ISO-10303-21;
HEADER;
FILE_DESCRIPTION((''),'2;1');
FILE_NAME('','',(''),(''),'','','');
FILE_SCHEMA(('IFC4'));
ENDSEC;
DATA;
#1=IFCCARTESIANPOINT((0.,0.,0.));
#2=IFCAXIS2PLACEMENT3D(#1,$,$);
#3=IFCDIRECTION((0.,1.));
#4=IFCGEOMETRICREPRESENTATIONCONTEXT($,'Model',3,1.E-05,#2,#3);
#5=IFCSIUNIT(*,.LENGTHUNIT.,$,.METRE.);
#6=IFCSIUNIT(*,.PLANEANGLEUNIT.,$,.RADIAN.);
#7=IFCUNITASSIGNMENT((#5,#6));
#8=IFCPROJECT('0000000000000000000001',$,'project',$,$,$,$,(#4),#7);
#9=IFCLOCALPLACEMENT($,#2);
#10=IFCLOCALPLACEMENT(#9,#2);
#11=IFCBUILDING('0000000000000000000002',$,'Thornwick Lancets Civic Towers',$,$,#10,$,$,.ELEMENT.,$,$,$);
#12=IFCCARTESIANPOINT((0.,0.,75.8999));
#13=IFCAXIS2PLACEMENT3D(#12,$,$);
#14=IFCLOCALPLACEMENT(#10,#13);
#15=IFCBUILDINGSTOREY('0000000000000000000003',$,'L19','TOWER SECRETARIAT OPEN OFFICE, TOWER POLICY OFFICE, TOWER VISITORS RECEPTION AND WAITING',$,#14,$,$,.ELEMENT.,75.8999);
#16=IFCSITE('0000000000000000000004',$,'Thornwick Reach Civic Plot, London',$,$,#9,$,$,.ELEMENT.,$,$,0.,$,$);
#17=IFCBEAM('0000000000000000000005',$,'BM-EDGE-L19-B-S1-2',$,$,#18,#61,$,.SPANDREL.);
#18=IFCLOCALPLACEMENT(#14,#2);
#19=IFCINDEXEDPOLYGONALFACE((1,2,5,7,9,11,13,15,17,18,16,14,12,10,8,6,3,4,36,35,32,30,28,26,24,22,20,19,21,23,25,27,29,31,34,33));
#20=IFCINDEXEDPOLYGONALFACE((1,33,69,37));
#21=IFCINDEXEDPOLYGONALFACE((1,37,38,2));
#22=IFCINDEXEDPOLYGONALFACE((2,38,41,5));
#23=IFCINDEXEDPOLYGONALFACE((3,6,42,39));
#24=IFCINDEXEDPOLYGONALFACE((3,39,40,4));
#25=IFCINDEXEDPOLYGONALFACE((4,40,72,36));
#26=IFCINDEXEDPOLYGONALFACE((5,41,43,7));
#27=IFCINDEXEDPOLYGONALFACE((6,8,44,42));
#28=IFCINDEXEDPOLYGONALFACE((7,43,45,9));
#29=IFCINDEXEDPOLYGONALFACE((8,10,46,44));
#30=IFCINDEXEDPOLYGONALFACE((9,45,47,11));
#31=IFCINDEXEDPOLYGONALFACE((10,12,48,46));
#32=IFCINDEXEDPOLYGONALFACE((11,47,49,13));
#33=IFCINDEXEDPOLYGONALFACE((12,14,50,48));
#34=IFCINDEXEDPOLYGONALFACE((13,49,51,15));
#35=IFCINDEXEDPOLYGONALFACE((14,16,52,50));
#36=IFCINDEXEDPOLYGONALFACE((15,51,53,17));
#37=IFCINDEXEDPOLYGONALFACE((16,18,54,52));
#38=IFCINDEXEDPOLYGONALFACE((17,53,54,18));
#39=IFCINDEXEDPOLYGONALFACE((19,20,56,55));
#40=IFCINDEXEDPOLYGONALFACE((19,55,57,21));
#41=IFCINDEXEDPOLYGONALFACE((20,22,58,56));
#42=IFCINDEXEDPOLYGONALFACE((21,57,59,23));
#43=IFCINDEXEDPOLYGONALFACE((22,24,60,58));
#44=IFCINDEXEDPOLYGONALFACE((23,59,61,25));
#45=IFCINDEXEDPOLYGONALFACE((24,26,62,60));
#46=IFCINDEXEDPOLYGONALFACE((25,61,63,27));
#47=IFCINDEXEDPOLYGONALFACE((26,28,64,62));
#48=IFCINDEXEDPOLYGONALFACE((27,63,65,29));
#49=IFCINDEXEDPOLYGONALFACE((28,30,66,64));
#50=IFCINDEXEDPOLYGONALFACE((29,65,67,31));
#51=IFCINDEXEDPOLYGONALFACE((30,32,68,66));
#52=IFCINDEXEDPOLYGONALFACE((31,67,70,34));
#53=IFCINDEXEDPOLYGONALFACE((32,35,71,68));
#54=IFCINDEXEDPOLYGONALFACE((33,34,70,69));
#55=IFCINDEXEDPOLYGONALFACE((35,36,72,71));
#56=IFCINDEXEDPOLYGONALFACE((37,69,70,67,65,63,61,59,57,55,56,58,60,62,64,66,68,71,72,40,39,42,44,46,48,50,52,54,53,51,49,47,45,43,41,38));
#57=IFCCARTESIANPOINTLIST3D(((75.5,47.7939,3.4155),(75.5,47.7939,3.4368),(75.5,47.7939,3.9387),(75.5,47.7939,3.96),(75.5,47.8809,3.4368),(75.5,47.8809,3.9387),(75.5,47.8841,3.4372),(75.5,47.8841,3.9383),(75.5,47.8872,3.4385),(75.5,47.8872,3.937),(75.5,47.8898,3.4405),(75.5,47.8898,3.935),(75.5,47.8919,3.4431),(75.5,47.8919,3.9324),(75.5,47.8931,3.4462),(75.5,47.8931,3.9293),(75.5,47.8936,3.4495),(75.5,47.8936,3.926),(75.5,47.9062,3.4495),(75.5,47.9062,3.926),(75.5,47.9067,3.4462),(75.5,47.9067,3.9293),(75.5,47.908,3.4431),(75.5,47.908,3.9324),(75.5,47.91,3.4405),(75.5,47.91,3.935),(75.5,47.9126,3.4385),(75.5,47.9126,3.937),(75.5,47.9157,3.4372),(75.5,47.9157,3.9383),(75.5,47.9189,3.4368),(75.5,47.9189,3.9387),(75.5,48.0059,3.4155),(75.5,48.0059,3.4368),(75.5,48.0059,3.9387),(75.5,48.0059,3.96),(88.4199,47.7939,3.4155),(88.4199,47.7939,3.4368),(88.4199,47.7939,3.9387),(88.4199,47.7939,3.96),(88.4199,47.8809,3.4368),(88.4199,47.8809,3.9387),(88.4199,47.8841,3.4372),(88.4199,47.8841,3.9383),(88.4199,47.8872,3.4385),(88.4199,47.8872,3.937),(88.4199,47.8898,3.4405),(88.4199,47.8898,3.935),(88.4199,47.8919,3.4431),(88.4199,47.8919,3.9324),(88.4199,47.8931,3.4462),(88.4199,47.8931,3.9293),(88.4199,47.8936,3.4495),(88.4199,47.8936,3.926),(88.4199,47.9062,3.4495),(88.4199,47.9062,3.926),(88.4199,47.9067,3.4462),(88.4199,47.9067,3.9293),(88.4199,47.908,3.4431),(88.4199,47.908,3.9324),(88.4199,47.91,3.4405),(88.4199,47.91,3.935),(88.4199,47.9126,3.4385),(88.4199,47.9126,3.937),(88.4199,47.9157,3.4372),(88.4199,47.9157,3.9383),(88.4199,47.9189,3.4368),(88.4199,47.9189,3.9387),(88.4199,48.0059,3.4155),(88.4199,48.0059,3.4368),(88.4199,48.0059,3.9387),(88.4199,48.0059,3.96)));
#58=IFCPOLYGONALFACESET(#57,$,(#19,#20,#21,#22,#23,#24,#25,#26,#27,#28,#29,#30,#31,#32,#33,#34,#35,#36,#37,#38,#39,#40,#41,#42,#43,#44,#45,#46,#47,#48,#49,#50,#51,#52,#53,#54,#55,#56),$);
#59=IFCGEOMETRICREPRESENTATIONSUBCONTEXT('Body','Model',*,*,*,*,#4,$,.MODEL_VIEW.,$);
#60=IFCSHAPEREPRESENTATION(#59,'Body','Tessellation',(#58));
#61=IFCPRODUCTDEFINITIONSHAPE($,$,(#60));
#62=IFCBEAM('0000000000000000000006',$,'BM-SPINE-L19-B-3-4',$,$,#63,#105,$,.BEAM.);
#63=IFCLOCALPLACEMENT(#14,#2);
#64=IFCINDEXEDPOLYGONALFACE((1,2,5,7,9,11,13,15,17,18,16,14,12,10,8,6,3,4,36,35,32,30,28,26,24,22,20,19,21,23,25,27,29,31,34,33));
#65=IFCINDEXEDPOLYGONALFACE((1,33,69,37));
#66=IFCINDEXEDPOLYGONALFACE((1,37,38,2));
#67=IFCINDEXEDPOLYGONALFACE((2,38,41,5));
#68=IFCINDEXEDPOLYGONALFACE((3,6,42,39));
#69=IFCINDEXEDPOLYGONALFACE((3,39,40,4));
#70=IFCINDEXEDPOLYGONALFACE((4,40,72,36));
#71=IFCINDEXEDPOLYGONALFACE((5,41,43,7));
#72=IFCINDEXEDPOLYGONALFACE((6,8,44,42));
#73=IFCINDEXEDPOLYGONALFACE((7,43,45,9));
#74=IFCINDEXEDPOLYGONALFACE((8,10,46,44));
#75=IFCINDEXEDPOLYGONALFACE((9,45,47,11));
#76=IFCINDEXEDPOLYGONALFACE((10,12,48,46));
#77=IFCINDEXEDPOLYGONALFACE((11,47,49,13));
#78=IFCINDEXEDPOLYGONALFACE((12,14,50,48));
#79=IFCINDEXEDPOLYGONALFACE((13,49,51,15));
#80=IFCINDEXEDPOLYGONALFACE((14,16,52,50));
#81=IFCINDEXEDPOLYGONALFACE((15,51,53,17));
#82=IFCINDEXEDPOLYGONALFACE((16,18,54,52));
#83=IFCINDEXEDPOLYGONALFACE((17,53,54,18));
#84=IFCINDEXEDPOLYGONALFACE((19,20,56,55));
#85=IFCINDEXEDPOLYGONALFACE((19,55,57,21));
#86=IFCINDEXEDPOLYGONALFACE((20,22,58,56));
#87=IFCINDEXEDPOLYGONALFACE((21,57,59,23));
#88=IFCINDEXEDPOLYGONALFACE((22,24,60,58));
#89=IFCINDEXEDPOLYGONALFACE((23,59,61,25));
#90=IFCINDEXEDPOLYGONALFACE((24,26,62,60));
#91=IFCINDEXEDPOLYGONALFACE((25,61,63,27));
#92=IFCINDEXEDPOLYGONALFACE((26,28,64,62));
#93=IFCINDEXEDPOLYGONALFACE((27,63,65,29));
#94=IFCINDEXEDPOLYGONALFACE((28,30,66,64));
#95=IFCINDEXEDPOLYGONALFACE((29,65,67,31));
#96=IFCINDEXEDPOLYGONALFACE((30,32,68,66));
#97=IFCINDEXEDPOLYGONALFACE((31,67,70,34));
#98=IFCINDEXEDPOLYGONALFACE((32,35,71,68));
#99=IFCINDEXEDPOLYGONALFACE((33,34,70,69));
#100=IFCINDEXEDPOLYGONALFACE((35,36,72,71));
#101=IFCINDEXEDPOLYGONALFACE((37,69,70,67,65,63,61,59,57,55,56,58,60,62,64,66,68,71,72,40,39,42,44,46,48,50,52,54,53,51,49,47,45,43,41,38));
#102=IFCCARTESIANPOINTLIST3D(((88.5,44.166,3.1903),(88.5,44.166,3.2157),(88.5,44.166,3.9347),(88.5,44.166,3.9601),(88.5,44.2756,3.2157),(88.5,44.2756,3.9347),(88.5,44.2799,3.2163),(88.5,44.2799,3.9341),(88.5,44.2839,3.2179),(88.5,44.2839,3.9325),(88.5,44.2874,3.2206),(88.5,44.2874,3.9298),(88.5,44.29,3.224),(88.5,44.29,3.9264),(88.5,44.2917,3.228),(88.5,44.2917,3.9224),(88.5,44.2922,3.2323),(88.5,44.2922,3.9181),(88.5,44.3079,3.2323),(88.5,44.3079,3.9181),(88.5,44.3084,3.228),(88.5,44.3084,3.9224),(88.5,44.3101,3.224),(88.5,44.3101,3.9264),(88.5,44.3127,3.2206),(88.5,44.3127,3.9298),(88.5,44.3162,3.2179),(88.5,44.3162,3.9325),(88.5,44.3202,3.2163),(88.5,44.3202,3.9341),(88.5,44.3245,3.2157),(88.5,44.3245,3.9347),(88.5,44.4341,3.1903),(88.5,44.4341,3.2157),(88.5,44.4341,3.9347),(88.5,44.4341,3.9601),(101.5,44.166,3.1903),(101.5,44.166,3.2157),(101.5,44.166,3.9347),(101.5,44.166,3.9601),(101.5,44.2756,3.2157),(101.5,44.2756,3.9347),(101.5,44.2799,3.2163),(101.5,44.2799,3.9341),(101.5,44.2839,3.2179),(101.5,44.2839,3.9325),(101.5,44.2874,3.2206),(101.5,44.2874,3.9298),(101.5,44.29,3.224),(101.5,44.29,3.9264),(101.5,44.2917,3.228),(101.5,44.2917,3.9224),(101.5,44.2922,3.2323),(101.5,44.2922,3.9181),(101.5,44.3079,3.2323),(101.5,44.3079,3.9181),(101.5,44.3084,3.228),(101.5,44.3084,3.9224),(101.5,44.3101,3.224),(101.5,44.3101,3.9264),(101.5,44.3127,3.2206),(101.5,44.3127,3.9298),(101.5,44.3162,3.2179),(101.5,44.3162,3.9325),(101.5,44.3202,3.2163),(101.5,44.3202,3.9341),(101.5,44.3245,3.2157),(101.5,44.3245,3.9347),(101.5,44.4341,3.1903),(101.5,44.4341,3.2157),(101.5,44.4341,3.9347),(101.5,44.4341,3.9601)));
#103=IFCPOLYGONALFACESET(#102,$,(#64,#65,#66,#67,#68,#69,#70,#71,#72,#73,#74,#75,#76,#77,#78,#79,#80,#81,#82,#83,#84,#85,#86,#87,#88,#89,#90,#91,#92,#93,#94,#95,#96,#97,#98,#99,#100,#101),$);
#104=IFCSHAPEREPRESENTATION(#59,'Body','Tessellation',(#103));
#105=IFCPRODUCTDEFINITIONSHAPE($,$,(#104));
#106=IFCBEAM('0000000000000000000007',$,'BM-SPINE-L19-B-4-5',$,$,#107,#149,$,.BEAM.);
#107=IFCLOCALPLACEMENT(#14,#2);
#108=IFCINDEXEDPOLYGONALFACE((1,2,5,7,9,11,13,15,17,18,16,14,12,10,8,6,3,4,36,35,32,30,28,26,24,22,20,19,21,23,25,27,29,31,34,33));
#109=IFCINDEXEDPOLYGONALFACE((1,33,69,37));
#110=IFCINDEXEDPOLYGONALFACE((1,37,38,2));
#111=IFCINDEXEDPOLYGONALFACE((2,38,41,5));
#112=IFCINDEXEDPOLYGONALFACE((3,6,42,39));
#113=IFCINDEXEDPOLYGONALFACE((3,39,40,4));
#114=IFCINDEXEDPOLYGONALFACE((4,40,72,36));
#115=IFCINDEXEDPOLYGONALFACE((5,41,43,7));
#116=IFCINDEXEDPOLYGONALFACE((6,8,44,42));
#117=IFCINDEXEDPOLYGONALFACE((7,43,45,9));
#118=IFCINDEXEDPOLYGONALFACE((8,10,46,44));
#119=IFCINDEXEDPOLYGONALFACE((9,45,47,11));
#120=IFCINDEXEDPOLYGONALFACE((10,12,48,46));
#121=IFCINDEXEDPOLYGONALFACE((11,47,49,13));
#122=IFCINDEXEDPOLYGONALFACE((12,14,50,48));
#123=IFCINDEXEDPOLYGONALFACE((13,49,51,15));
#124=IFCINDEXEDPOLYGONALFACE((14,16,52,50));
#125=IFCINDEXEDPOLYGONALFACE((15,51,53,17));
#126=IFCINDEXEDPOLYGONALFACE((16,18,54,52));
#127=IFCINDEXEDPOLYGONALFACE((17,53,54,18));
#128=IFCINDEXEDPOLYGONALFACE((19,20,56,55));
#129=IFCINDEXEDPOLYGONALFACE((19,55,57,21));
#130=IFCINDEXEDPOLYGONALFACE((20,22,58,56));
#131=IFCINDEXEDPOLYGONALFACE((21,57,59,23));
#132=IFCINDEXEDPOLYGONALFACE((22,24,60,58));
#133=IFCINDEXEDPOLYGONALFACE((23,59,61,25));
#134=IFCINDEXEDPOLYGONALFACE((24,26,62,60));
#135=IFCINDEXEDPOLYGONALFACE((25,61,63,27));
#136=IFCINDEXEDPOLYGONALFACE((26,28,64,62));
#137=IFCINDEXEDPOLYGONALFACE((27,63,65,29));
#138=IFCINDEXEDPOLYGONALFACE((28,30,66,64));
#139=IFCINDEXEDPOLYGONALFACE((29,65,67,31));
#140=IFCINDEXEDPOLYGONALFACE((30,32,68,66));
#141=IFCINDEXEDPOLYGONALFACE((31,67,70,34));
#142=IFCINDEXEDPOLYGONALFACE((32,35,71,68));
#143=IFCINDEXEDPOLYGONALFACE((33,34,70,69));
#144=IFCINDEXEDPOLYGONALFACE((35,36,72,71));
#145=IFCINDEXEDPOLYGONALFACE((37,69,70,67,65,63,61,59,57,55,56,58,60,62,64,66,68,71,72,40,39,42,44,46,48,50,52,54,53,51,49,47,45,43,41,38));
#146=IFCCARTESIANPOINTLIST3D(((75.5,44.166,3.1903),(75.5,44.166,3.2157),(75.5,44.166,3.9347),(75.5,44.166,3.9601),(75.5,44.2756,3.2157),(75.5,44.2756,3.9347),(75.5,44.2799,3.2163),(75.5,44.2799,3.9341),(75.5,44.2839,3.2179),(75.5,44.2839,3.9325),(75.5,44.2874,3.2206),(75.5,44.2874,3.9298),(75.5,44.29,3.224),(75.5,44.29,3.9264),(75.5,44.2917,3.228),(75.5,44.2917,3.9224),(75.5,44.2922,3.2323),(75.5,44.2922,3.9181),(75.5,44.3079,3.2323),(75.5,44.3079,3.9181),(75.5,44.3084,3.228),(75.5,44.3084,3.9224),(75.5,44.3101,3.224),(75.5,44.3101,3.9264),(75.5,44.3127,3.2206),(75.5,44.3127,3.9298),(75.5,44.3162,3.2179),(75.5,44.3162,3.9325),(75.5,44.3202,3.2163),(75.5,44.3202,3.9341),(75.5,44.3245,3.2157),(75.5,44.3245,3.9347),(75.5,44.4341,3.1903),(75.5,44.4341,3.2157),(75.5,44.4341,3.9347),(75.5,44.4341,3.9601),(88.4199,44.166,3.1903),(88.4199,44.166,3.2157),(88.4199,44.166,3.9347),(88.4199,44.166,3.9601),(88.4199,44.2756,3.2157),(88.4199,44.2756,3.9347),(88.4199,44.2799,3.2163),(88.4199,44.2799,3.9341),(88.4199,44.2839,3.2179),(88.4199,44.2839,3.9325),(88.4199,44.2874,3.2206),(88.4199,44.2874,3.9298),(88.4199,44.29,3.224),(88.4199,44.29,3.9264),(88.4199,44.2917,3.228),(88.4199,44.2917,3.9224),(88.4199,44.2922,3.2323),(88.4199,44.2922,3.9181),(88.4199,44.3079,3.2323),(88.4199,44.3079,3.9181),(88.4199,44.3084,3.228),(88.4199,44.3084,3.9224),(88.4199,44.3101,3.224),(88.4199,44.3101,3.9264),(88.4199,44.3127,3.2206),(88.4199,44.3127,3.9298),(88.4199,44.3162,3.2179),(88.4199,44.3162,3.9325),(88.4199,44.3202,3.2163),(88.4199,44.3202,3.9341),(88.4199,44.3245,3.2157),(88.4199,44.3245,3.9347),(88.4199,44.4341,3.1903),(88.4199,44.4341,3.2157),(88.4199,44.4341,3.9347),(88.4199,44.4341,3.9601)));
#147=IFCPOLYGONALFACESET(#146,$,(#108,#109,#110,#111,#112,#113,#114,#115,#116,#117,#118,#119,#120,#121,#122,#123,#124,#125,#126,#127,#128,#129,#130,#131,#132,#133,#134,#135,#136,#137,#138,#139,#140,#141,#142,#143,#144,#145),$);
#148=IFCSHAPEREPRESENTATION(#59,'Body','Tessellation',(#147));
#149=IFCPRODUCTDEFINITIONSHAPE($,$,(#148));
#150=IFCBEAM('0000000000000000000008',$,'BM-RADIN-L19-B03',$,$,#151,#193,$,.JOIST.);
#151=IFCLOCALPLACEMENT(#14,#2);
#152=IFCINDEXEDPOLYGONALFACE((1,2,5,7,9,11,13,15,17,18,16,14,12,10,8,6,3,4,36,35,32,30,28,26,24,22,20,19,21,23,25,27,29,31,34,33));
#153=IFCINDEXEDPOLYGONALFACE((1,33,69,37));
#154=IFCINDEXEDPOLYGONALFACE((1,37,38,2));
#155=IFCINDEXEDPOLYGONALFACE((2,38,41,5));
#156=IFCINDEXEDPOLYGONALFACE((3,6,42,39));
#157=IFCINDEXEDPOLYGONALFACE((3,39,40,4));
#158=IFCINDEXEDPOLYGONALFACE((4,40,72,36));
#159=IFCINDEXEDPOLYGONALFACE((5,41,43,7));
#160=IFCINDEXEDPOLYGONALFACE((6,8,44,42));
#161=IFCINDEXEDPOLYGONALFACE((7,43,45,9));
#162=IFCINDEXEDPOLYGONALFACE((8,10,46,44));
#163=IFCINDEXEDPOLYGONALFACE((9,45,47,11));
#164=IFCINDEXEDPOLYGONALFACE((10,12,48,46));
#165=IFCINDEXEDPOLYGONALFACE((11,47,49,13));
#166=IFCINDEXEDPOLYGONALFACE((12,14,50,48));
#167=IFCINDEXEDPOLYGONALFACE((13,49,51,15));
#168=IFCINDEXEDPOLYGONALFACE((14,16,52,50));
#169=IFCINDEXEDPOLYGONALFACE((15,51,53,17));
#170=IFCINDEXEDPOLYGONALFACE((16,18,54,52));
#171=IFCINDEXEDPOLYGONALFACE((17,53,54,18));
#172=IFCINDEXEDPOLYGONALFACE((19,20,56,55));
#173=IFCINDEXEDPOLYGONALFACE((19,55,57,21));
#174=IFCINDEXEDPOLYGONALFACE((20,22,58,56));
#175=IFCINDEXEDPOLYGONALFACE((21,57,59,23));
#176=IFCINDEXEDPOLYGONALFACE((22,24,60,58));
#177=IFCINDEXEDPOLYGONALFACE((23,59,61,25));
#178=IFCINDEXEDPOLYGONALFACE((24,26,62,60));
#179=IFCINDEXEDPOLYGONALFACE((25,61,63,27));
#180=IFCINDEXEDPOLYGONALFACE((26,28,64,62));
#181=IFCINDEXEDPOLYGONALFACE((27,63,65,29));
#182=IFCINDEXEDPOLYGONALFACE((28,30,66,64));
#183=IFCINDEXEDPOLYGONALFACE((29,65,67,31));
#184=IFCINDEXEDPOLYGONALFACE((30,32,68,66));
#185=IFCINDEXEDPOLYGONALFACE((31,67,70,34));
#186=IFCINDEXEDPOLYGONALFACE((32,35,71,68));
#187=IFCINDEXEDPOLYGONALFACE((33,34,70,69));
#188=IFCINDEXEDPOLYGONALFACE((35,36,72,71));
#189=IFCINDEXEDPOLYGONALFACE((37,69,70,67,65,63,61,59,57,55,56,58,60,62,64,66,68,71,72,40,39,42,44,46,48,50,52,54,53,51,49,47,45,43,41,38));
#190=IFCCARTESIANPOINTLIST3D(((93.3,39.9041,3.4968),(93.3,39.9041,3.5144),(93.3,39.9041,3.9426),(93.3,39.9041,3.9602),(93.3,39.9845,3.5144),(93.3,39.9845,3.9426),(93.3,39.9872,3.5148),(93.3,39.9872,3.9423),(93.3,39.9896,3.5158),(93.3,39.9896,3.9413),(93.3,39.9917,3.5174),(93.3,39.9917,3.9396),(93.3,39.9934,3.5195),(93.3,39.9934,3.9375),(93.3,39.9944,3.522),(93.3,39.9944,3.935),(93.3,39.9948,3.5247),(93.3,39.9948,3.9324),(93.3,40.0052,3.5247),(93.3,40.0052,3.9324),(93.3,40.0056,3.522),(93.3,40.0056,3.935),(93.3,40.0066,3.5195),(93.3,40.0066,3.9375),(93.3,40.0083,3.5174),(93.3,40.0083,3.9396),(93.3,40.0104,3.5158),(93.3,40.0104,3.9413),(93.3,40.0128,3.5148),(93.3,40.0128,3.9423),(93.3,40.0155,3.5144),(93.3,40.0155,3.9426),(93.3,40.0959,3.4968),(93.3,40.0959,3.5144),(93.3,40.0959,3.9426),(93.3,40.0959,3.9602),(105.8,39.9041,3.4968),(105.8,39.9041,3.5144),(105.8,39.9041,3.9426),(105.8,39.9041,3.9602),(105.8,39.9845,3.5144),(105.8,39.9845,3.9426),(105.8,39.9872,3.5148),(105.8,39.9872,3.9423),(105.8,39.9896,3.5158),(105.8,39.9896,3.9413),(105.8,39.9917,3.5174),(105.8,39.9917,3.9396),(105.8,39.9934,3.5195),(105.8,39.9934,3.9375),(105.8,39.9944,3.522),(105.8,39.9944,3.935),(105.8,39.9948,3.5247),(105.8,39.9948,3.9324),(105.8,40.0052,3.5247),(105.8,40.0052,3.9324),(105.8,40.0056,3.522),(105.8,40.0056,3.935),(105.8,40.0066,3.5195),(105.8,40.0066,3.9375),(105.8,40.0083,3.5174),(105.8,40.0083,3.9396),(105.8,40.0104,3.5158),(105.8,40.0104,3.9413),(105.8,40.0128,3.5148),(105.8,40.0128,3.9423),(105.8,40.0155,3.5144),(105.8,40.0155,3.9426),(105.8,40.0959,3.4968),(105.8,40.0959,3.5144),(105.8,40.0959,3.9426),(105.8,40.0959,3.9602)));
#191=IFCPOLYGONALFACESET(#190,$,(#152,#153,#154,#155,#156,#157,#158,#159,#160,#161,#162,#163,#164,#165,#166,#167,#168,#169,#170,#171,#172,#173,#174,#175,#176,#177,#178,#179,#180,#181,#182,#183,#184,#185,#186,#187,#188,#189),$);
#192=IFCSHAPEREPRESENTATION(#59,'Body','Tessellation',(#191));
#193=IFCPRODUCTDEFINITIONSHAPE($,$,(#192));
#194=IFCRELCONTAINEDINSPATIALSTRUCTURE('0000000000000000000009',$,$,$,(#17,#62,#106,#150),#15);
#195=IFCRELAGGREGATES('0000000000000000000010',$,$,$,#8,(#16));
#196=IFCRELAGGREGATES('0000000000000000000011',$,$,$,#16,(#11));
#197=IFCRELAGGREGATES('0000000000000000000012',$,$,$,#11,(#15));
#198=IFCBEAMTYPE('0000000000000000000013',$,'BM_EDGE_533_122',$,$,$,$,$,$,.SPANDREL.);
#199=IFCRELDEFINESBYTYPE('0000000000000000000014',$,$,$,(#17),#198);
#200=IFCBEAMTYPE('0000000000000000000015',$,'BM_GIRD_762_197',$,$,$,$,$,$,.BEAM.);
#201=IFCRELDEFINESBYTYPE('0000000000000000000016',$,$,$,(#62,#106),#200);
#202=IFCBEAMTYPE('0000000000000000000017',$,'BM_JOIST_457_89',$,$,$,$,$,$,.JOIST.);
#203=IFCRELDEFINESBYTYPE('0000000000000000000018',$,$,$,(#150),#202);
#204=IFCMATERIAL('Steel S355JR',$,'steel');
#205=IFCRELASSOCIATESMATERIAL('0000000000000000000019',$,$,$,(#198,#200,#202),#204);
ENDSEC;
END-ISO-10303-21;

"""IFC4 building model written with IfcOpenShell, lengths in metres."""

from ifc_helpers import new_model, si_unit, direction, frame, origin, origin_2d, place, context, subcontext, project, spatial, i_section, extrude, material, material_profile, profile_set, type_object, element, save


model = new_model("IFC4")

# Units and contexts
model_context = context("Model", 3, precision=1e-05, world=origin(), true_north=direction((0.0, 1.0)))
body_context = subcontext(model_context, "Body", "Model", "MODEL_VIEW")
ifc_project = project(units=[si_unit("LENGTHUNIT", "METRE"), si_unit("PLANEANGLEUNIT", "RADIAN")], contexts=[model_context])

# Site, building, storey
site_placement = place(None, origin())
site = spatial("IfcSite", under=ifc_project, at=site_placement, Name="Thornwick Reach Civic Plot, London", CompositionType="ELEMENT", RefElevation=0.0)
building_placement = place(site_placement, origin())
building = spatial("IfcBuilding", under=site, at=building_placement, Name="Thornwick Lancets Civic Towers", CompositionType="ELEMENT")
storey_placement = place(building_placement, frame((0.0, 0.0, 75.8999)))
storey = spatial("IfcBuildingStorey", under=building, at=storey_placement, Name="L19", Description="TOWER SECRETARIAT OPEN OFFICE, TOWER POLICY OFFICE, TOWER VISITORS RECEPTION AND WAITING", CompositionType="ELEMENT", Elevation=75.8999)

# Beams
ifc_material_1 = material(Name="Steel S355JR", Category="steel")
ifc_material_profile_1 = material_profile(ifc_material_1, i_section(OverallWidth=0.2119, OverallDepth=0.5444, WebThickness=0.0127, FlangeThickness=0.0212, FilletRadius=0.0127, at=origin_2d()), Name="UKB 533x210x122")
ifc_profile_set_1 = profile_set([ifc_material_profile_1], Name="Steel S355JR")
beam_type_1 = type_object("IfcBeamType", Name="BM_EDGE_533_122", PredefinedType="SPANDREL", material=ifc_profile_set_1)
beam_1_placement = place(storey_placement, frame((88.4199, 47.8999, 3.6877), z_axis=(-1.0, 0.0, 0.0), x_axis=(0.0, -1.0, 0.0)))
element("IfcBeam", 1, at=beam_1_placement, inside=storey, type_object=beam_type_1, Name="BM-EDGE-L19-B-S1-2", PredefinedType="SPANDREL", context=body_context, shape_type="SweptSolid", body=[
    extrude(i_section(OverallWidth=0.2119, OverallDepth=0.5444, WebThickness=0.0127, FlangeThickness=0.0212, FilletRadius=0.0127, at=origin_2d()), origin(), (0.0, 0.0, 1.0), 12.9199),
])
ifc_material_profile_2 = material_profile(ifc_material_1, i_section(OverallWidth=0.2681, OverallDepth=0.7698, WebThickness=0.0156, FlangeThickness=0.0254, FilletRadius=0.0166, at=origin_2d()), Name="UKB 762x267x197")
ifc_profile_set_2 = profile_set([ifc_material_profile_2], Name="Steel S355JR")
beam_type_2 = type_object("IfcBeamType", Name="BM_GIRD_762_197", PredefinedType="BEAM", material=ifc_profile_set_2)
beam_2_placement = place(storey_placement, frame((101.5, 44.3, 3.5752), z_axis=(-1.0, 0.0, 0.0), x_axis=(0.0, -1.0, 0.0)))
element("IfcBeam", 2, at=beam_2_placement, inside=storey, type_object=beam_type_2, Name="BM-SPINE-L19-B-3-4", PredefinedType="BEAM", context=body_context, shape_type="SweptSolid", body=[
    extrude(i_section(OverallWidth=0.2681, OverallDepth=0.7698, WebThickness=0.0156, FlangeThickness=0.0254, FilletRadius=0.0166, at=origin_2d()), origin(), (0.0, 0.0, 1.0), 13.0),
])
beam_3_placement = place(storey_placement, frame((88.4199, 44.3, 3.5752), z_axis=(-1.0, 0.0, 0.0), x_axis=(0.0, -1.0, 0.0)))
element("IfcBeam", 3, at=beam_3_placement, inside=storey, type_object=beam_type_2, Name="BM-SPINE-L19-B-4-5", PredefinedType="BEAM", context=body_context, shape_type="SweptSolid", body=[
    extrude(i_section(OverallWidth=0.2681, OverallDepth=0.7698, WebThickness=0.0156, FlangeThickness=0.0254, FilletRadius=0.0166, at=origin_2d()), origin(), (0.0, 0.0, 1.0), 12.9199),
])
ifc_material_profile_3 = material_profile(ifc_material_1, i_section(OverallWidth=0.1919, OverallDepth=0.4634, WebThickness=0.0105, FlangeThickness=0.0176, FilletRadius=0.0103, at=origin_2d()), Name="UKB 457x191x89")
ifc_profile_set_3 = profile_set([ifc_material_profile_3], Name="Steel S355JR")
beam_type_3 = type_object("IfcBeamType", Name="BM_JOIST_457_89", PredefinedType="JOIST", material=ifc_profile_set_3)
beam_4_placement = place(storey_placement, frame((93.3, 40.0, 3.7285), z_axis=(1.0, 0.0, 0.0), x_axis=(0.0, 1.0, 0.0)))
element("IfcBeam", 4, at=beam_4_placement, inside=storey, type_object=beam_type_3, Name="BM-RADIN-L19-B03", PredefinedType="JOIST", context=body_context, shape_type="SweptSolid", body=[
    extrude(i_section(OverallWidth=0.1919, OverallDepth=0.4634, WebThickness=0.0105, FlangeThickness=0.0176, FilletRadius=0.0103, at=origin_2d()), origin(), (0.0, 0.0, 1.0), 12.5),
])

save(model, "model.ifc")
